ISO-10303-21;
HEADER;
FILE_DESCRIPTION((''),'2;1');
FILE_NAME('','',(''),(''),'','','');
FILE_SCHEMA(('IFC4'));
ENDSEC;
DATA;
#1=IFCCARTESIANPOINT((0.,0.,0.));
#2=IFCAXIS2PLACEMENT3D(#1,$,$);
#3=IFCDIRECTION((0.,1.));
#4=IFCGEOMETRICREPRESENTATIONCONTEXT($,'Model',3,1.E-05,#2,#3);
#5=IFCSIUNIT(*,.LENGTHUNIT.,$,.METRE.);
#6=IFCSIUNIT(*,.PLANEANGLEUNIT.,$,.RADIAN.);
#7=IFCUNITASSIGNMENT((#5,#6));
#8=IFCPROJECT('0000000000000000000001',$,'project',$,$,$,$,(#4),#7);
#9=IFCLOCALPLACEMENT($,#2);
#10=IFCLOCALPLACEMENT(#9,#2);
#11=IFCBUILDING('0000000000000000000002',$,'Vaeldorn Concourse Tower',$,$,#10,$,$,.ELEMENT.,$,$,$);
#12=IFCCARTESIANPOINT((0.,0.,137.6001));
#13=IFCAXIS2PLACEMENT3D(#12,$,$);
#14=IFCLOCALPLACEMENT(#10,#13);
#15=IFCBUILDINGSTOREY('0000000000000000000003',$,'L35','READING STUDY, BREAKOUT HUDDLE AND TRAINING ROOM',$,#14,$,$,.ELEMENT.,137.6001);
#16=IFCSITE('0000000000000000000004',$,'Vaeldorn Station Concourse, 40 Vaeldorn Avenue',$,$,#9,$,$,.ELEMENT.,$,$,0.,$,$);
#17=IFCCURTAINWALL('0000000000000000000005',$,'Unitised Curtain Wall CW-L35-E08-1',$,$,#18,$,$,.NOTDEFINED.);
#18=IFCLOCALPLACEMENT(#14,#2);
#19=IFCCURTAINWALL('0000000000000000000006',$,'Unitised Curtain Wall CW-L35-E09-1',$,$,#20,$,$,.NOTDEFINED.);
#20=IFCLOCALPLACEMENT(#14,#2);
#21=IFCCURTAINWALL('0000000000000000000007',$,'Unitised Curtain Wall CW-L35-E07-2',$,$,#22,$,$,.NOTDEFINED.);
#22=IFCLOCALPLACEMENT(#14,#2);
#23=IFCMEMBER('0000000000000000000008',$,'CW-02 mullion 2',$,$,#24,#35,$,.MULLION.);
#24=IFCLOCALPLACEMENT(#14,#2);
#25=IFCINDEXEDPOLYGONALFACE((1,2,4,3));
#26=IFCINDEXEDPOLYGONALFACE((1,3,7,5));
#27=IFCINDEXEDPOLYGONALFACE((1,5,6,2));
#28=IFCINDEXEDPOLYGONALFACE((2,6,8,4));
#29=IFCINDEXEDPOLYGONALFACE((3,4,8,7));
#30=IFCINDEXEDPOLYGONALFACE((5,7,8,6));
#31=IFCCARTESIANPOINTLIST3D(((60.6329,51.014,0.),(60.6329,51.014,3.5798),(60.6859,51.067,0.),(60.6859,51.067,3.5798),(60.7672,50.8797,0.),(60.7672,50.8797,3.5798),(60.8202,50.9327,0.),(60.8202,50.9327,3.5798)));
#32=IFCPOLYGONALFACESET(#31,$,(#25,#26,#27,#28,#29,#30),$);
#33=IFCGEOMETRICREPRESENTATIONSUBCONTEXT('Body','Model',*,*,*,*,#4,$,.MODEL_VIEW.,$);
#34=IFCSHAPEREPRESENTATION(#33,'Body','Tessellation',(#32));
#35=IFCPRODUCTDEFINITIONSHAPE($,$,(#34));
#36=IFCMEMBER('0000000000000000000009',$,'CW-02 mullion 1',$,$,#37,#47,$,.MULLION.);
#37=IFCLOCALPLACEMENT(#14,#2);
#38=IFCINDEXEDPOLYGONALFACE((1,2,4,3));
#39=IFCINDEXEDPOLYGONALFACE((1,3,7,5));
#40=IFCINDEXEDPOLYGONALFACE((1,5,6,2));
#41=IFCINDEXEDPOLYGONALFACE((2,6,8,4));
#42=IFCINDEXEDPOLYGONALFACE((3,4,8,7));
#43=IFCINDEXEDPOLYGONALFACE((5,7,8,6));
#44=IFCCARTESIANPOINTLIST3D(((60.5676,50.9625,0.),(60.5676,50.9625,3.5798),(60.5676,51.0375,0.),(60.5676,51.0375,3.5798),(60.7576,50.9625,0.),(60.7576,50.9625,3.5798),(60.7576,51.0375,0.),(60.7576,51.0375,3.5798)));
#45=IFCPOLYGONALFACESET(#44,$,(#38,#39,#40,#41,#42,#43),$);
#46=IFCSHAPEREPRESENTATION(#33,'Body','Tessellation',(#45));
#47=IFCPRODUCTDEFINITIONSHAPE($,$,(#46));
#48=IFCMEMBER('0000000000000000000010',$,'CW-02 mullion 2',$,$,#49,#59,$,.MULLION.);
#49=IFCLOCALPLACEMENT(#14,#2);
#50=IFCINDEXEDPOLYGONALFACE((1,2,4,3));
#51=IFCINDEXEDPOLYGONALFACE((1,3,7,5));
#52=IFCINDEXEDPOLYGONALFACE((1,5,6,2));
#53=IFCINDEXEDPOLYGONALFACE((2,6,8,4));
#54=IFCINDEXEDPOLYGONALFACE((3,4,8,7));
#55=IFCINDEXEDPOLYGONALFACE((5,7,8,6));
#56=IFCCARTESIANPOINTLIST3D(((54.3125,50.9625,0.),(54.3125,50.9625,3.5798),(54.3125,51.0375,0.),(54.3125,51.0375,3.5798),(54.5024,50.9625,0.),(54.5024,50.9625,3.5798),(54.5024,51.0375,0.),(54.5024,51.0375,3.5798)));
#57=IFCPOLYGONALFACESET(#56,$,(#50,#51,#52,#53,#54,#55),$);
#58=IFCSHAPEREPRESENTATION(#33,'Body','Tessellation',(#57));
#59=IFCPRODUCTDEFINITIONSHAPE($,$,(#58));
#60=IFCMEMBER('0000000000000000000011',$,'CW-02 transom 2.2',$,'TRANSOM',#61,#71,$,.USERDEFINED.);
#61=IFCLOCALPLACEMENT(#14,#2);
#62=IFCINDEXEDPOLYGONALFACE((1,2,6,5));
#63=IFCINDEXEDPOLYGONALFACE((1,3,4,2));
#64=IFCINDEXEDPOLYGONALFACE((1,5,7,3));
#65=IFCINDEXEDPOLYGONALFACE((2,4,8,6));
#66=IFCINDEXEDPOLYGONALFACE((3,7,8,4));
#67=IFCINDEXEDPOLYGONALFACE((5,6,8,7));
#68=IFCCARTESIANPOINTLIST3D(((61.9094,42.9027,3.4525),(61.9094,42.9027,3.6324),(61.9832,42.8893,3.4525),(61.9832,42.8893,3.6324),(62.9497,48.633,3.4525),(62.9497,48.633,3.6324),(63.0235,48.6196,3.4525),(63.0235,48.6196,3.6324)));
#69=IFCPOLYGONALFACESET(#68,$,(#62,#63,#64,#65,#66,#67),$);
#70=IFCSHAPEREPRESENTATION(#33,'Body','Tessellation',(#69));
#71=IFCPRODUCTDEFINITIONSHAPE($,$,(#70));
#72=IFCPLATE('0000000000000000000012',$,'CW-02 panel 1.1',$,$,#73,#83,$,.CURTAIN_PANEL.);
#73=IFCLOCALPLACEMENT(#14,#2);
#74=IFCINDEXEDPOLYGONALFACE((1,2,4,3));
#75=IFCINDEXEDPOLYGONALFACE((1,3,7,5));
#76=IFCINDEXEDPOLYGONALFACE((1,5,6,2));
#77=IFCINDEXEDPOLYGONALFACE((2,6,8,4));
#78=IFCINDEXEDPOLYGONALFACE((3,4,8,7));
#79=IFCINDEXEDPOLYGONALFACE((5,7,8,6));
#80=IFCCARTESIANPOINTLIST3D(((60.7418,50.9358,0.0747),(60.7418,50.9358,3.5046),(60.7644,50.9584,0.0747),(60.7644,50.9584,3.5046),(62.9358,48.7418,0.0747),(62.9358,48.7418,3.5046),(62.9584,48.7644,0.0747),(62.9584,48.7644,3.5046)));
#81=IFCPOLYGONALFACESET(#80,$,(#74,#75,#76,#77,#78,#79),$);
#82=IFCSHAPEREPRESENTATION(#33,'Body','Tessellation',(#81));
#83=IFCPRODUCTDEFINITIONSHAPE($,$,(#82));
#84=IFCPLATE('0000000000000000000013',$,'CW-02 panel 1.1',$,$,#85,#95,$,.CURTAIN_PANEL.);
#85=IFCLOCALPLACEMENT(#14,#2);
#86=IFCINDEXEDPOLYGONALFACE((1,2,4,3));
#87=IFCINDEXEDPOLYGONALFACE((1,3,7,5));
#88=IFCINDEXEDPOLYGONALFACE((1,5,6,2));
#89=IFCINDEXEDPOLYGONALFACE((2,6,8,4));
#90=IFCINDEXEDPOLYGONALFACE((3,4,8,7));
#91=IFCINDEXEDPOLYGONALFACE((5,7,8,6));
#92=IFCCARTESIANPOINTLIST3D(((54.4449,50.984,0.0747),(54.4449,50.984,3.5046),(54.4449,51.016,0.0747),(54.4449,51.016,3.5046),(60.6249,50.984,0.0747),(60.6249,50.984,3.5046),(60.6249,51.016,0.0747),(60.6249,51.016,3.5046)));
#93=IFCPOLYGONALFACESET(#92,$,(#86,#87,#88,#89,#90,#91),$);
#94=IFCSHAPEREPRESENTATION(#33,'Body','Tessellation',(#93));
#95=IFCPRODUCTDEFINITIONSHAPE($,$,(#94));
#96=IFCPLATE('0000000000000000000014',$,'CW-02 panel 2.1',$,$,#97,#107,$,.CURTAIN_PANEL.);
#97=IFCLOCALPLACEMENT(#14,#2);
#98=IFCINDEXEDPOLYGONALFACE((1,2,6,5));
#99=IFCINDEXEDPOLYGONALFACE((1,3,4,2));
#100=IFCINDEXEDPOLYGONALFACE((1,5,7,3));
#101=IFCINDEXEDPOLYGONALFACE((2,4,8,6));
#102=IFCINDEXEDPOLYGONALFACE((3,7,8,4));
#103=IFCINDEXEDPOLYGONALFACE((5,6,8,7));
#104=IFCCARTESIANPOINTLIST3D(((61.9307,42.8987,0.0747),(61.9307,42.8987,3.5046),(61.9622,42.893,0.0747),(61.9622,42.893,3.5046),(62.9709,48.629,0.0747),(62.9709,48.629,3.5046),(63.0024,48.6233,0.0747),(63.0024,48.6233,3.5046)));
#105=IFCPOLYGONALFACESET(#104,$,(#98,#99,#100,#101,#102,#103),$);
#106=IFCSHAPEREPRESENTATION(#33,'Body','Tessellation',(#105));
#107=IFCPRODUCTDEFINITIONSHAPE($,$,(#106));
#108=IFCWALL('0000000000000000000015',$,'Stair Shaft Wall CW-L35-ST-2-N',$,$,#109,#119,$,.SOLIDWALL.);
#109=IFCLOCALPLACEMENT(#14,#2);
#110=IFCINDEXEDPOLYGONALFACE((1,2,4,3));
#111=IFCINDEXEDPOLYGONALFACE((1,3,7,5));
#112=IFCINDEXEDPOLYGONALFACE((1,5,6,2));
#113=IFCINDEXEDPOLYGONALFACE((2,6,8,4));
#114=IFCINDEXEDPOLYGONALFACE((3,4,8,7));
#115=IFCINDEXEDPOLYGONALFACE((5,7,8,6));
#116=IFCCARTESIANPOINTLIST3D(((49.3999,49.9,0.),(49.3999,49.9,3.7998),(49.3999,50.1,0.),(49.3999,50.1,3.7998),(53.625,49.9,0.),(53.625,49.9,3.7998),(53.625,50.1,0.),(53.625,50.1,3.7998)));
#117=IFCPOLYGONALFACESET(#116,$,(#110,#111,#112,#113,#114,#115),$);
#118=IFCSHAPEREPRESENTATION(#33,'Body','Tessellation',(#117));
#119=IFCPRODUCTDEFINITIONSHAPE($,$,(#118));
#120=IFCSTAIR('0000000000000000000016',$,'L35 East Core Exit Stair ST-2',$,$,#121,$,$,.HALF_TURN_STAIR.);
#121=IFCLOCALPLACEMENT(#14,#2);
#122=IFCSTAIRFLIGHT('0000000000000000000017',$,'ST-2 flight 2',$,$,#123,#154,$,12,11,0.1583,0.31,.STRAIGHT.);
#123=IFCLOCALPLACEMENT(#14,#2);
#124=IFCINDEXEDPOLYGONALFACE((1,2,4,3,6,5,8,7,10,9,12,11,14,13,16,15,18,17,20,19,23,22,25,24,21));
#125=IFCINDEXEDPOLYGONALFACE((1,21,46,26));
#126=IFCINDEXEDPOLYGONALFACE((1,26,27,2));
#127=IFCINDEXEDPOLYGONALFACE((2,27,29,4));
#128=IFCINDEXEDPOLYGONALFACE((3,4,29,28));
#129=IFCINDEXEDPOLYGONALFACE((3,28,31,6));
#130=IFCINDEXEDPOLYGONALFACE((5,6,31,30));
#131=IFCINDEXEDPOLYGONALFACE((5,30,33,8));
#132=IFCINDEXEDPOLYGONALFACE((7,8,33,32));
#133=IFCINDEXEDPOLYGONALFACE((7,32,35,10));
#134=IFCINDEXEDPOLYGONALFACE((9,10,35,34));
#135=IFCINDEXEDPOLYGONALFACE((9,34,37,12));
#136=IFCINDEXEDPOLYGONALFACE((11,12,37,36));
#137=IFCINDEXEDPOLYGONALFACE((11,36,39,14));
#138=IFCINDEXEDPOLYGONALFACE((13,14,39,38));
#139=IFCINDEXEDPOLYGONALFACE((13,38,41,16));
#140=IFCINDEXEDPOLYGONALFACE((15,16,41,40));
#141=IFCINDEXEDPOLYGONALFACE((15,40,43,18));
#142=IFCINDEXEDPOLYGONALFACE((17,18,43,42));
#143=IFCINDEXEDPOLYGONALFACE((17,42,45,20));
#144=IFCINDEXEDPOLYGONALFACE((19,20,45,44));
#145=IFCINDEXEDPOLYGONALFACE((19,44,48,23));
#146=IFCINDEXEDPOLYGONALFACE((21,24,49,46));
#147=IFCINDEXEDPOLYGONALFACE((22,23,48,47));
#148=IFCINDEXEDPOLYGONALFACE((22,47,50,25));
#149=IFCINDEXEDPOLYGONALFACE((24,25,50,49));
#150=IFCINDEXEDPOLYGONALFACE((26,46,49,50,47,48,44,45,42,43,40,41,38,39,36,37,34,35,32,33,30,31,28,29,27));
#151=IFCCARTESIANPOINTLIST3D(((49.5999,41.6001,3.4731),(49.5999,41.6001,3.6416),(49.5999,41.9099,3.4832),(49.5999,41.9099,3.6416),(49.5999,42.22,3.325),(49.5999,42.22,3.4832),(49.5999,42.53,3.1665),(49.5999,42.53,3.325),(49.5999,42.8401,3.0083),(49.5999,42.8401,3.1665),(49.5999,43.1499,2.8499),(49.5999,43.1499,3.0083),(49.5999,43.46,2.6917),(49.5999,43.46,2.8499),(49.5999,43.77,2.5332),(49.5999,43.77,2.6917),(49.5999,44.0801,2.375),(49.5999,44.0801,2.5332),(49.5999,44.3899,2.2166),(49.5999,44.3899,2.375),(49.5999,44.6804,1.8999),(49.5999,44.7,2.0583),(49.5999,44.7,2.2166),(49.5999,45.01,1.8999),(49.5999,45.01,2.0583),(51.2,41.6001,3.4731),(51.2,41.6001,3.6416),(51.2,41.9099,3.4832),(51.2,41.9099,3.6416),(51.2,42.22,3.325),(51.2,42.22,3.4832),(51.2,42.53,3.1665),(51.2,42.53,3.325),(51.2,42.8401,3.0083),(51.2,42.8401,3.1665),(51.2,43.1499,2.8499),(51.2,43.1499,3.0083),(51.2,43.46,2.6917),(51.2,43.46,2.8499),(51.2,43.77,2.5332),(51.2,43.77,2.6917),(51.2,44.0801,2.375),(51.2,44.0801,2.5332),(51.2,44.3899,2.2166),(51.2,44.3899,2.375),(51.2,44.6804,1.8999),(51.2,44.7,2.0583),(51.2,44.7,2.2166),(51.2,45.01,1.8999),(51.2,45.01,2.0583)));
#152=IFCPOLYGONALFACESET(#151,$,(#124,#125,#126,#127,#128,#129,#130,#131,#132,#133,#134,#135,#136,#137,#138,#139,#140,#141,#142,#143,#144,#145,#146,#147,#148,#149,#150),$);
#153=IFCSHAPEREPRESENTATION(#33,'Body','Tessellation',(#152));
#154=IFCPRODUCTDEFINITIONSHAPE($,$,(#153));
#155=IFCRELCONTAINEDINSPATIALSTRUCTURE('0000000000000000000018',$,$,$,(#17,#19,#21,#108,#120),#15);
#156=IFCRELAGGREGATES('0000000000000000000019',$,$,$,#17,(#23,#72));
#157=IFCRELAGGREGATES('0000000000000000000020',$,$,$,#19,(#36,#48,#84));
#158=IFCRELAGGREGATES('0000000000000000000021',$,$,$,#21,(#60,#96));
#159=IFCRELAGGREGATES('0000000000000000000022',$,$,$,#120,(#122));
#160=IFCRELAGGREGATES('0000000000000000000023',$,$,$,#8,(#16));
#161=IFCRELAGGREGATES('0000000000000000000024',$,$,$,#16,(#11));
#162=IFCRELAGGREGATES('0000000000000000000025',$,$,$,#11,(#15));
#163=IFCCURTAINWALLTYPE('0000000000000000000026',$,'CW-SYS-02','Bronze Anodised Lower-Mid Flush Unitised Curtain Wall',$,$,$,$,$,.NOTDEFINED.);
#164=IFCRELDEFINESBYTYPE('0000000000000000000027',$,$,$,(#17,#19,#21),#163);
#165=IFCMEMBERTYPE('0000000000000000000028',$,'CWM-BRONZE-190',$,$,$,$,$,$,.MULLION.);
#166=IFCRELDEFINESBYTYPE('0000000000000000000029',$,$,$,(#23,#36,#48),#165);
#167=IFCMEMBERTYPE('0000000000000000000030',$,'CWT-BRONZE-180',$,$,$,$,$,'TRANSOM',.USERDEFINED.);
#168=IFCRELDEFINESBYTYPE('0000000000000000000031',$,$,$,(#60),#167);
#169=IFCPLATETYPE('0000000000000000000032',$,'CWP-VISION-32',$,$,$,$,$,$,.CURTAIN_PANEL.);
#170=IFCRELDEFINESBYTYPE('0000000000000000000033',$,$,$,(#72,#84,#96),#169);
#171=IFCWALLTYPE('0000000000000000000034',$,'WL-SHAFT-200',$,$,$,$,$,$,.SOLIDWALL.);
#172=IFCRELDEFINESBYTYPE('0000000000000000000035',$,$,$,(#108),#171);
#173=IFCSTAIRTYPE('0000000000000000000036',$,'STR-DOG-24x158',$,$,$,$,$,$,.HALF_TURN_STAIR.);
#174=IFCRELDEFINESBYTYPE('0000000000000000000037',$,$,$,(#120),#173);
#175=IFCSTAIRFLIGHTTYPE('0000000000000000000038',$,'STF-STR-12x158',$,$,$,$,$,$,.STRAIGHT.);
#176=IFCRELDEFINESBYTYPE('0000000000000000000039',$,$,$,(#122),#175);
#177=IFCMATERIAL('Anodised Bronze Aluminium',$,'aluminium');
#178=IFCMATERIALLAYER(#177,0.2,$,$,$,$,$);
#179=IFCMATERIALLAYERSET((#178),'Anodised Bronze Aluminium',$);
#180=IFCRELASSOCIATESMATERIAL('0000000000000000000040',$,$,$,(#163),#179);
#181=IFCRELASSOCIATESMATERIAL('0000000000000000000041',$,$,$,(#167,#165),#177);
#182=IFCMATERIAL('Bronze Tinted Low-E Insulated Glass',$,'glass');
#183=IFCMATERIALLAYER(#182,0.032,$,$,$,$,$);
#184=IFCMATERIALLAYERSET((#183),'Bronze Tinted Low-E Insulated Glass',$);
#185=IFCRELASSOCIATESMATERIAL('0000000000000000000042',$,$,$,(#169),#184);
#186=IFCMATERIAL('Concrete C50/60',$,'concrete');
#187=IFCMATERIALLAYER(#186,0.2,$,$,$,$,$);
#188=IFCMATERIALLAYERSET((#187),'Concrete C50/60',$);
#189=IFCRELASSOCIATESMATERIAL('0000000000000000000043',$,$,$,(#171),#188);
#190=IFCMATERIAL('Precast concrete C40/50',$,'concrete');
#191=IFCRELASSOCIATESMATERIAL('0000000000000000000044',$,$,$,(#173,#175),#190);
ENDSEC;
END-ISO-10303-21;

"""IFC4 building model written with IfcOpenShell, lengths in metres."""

from ifc_helpers import new_model, si_unit, direction, frame, frame_2d, origin, origin_2d, place, context, subcontext, project, spatial, polyline, rectangle, outline, extrude, source, transform, mapped, material, layer, layer_set, material_profile, profile_set, type_object, element, aggregate, save


model = new_model("IFC4")

# Units and contexts
model_context = context("Model", 3, precision=1e-05, world=origin(), true_north=direction((0.0, 1.0)))
body_context = subcontext(model_context, "Body", "Model", "MODEL_VIEW")
ifc_project = project(units=[si_unit("LENGTHUNIT", "METRE"), si_unit("PLANEANGLEUNIT", "RADIAN")], contexts=[model_context])

# Site, building, storey
site_placement = place(None, origin())
site = spatial("IfcSite", under=ifc_project, at=site_placement, Name="Vaeldorn Station Concourse, 40 Vaeldorn Avenue", CompositionType="ELEMENT", RefElevation=0.0)
building_placement = place(site_placement, origin())
building = spatial("IfcBuilding", under=site, at=building_placement, Name="Vaeldorn Concourse Tower", CompositionType="ELEMENT")
storey_placement = place(building_placement, frame((0.0, 0.0, 137.6001)))
storey = spatial("IfcBuildingStorey", under=building, at=storey_placement, Name="L35", Description="READING STUDY, BREAKOUT HUDDLE AND TRAINING ROOM", CompositionType="ELEMENT", Elevation=137.6001)

# Curtain walls
ifc_material_1 = material(Name="Anodised Bronze Aluminium", Category="aluminium")
ifc_layer_1 = layer(ifc_material_1, 0.2)
ifc_layer_set_1 = layer_set([ifc_layer_1], Name="Anodised Bronze Aluminium")
curtain_wall_type = type_object("IfcCurtainWallType", Name="CW-SYS-02", Description="Bronze Anodised Lower-Mid Flush Unitised Curtain Wall", PredefinedType="NOTDEFINED", material=ifc_layer_set_1)
curtain_wall_1_placement = place(storey_placement, origin())
curtain_wall_1 = element("IfcCurtainWall", 1, at=curtain_wall_1_placement, inside=storey, type_object=curtain_wall_type, Name="Unitised Curtain Wall CW-L35-E08-1", PredefinedType="NOTDEFINED")
ifc_material_profile_1 = material_profile(ifc_material_1, rectangle(XDim=0.075, YDim=0.1799, at=origin_2d()), Name="CWT 75x180")
ifc_profile_set_1 = profile_set([ifc_material_profile_1], Name="Anodised Bronze Aluminium")
member_type_1 = type_object("IfcMemberType", Name="CWT-BRONZE-180", ElementType="TRANSOM", PredefinedType="USERDEFINED", material=ifc_profile_set_1)
curtain_wall_2_placement = place(storey_placement, origin())
curtain_wall_2 = element("IfcCurtainWall", 2, at=curtain_wall_2_placement, inside=storey, type_object=curtain_wall_type, Name="Unitised Curtain Wall CW-L35-E09-1", PredefinedType="NOTDEFINED")

# Curtain wall
curtain_wall_3_placement = place(storey_placement, origin())
curtain_wall_3 = element("IfcCurtainWall", 3, at=curtain_wall_3_placement, inside=storey, type_object=curtain_wall_type, Name="Unitised Curtain Wall CW-L35-E07-2", PredefinedType="NOTDEFINED")
ifc_material_profile_2 = material_profile(ifc_material_1, rectangle(XDim=0.075, YDim=0.1899, at=origin_2d()), Name="CWM 75x190")
ifc_profile_set_2 = profile_set([ifc_material_profile_2], Name="Anodised Bronze Aluminium")
member_type_2 = type_object("IfcMemberType", Name="CWM-BRONZE-190", PredefinedType="MULLION", material=ifc_profile_set_2)
shared_shape_1 = source(origin(), body_context, "Body", "SweptSolid", [
    extrude(rectangle(XDim=0.075, YDim=0.1899, at=origin_2d()), origin(), (0.0, 0.0, 1.0), 3.5798),
])

# Members
member_1_placement = place(storey_placement, frame((60.7266, 50.9734, 0.0), z_axis=(0.0, 0.0, 1.0), x_axis=(-0.707107, -0.707107, 0.0)))
member_1 = element("IfcMember", 4, at=member_1_placement, type_object=member_type_2, Name="CW-02 mullion 2", PredefinedType="MULLION", context=body_context, shape_type="MappedRepresentation", body=[
    mapped(shared_shape_1, transform((0.0, 0.0, 0.0), scale=1.0)),
])
member_2_placement = place(storey_placement, frame((60.6626, 51.0, 0.0), z_axis=(0.0, 0.0, 1.0), x_axis=(0.0, -1.0, 0.0)))
member_2 = element("IfcMember", 5, at=member_2_placement, type_object=member_type_2, Name="CW-02 mullion 1", PredefinedType="MULLION", context=body_context, shape_type="MappedRepresentation", body=[
    mapped(shared_shape_1, transform((0.0, 0.0, 0.0), scale=1.0)),
])
member_3_placement = place(storey_placement, frame((54.4075, 51.0, 0.0), z_axis=(0.0, 0.0, 1.0), x_axis=(0.0, -1.0, 0.0)))
member_3 = element("IfcMember", 6, at=member_3_placement, type_object=member_type_2, Name="CW-02 mullion 2", PredefinedType="MULLION", context=body_context, shape_type="MappedRepresentation", body=[
    mapped(shared_shape_1, transform((0.0, 0.0, 0.0), scale=1.0)),
])
shared_shape_2 = source(origin(), body_context, "Body", "SweptSolid", [
    extrude(rectangle(XDim=0.075, YDim=0.1799, at=origin_2d()), origin(), (0.0, 0.0, 1.0), 5.824),
])
member_4_placement = place(storey_placement, frame((61.9463, 42.896, 3.5425), z_axis=(0.178624, 0.983917, 0.0), x_axis=(-0.983917, 0.178624, 0.0)))
member_4 = element("IfcMember", 7, at=member_4_placement, type_object=member_type_1, Name="CW-02 transom 2.2", ObjectType="TRANSOM", PredefinedType="USERDEFINED", context=body_context, shape_type="MappedRepresentation", body=[
    mapped(shared_shape_2, transform((0.0, 0.0, 0.0), scale=1.0)),
])

# Plates
ifc_material_2 = material(Name="Bronze Tinted Low-E Insulated Glass", Category="glass")
ifc_layer_2 = layer(ifc_material_2, 0.032)
ifc_layer_set_2 = layer_set([ifc_layer_2], Name="Bronze Tinted Low-E Insulated Glass")
plate_type = type_object("IfcPlateType", Name="CWP-VISION-32", PredefinedType="CURTAIN_PANEL", material=ifc_layer_set_2)
shared_shape_3 = source(origin(), body_context, "Body", "SweptSolid", [
    extrude(rectangle(XDim=3.1028, YDim=0.032, at=origin_2d()), origin(), (0.0, 0.0, 1.0), 3.4299),
])
plate_1_placement = place(storey_placement, frame((61.8501, 49.8501, 0.0747), z_axis=(0.0, 0.0, 1.0), x_axis=(-0.707107, 0.707107, 0.0)))
plate_1 = element("IfcPlate", 8, at=plate_1_placement, type_object=plate_type, Name="CW-02 panel 1.1", PredefinedType="CURTAIN_PANEL", context=body_context, shape_type="MappedRepresentation", body=[
    mapped(shared_shape_3, transform((0.0, 0.0, 0.0), scale=1.0)),
])
aggregate(curtain_wall_1, [member_1, plate_1])
shared_shape_4 = source(origin(), body_context, "Body", "SweptSolid", [
    extrude(rectangle(XDim=6.1799, YDim=0.032, at=origin_2d()), origin(), (0.0, 0.0, 1.0), 3.4299),
])
plate_2_placement = place(storey_placement, frame((57.5349, 51.0, 0.0747), z_axis=(0.0, 0.0, 1.0), x_axis=(-1.0, 0.0, 0.0)))
plate_2 = element("IfcPlate", 9, at=plate_2_placement, type_object=plate_type, Name="CW-02 panel 1.1", PredefinedType="CURTAIN_PANEL", context=body_context, shape_type="MappedRepresentation", body=[
    mapped(shared_shape_4, transform((0.0, 0.0, 0.0), scale=1.0)),
])
aggregate(curtain_wall_2, [member_2, member_3, plate_2])
shared_shape_5 = source(origin(), body_context, "Body", "SweptSolid", [
    extrude(rectangle(XDim=5.824, YDim=0.032, at=origin_2d()), origin(), (0.0, 0.0, 1.0), 3.4299),
])
plate_3_placement = place(storey_placement, frame((62.4666, 45.761, 0.0747), z_axis=(0.0, 0.0, 1.0), x_axis=(0.178608, 0.98392, 0.0)))
plate_3 = element("IfcPlate", 10, at=plate_3_placement, type_object=plate_type, Name="CW-02 panel 2.1", PredefinedType="CURTAIN_PANEL", context=body_context, shape_type="MappedRepresentation", body=[
    mapped(shared_shape_5, transform((0.0, 0.0, 0.0), scale=1.0)),
])
aggregate(curtain_wall_3, [member_4, plate_3])

# Wall
ifc_material_3 = material(Name="Concrete C50/60", Category="concrete")
ifc_layer_3 = layer(ifc_material_3, 0.2)
ifc_layer_set_3 = layer_set([ifc_layer_3], Name="Concrete C50/60")
wall_type = type_object("IfcWallType", Name="WL-SHAFT-200", PredefinedType="SOLIDWALL", material=ifc_layer_set_3)
wall_placement = place(storey_placement, frame((49.3999, 50.0, 0.0), z_axis=(0.0, 0.0, 1.0), x_axis=(1.0, 0.0, 0.0)))
element("IfcWall", 11, at=wall_placement, inside=storey, type_object=wall_type, Name="Stair Shaft Wall CW-L35-ST-2-N", PredefinedType="SOLIDWALL", context=body_context, shape_type="SweptSolid", body=[
    extrude(rectangle(XDim=4.2251, YDim=0.2, at=frame_2d((2.1125, 0.0))), origin(), (0.0, 0.0, 1.0), 3.7998),
])

# Stair, stair flight
ifc_material_4 = material(Name="Precast concrete C40/50", Category="concrete")
stair_type = type_object("IfcStairType", Name="STR-DOG-24x158", PredefinedType="HALF_TURN_STAIR", material=ifc_material_4)
stair_placement = place(storey_placement, origin())
stair = element("IfcStair", 12, at=stair_placement, inside=storey, type_object=stair_type, Name="L35 East Core Exit Stair ST-2", PredefinedType="HALF_TURN_STAIR")
stair_flight_type = type_object("IfcStairFlightType", Name="STF-STR-12x158", PredefinedType="STRAIGHT", material=ifc_material_4)
stair_flight_placement = place(storey_placement, frame((50.3999, 45.01, 1.8999), z_axis=(0.0, 0.0, 1.0), x_axis=(0.0, -1.0, 0.0)))
stair_flight = element("IfcStairFlight", 13, at=stair_flight_placement, type_object=stair_flight_type, Name="ST-2 flight 2", NumberOfRisers=12, NumberOfTreads=11, PredefinedType="STRAIGHT", RiserHeight=0.1583, TreadLength=0.31, context=body_context, shape_type="SweptSolid", body=[
    extrude(outline(polyline([(0.0, 0.0), (0.0, 0.1584), (0.3101, 0.1584), (0.3101, 0.3167), (0.6201, 0.3167), (0.6201, 0.4751), (0.9299, 0.4751), (0.9299, 0.6333), (1.24, 0.6333), (1.24, 0.7917), (1.55, 0.7917), (1.55, 0.95), (1.8601, 0.95), (1.8601, 1.1084), (2.1699, 1.1084), (2.1699, 1.2666), (2.48, 1.2666), (2.48, 1.425), (2.79, 1.425), (2.79, 1.5833), (3.1001, 1.5833), (3.1001, 1.7417), (3.4099, 1.7417), (3.4099, 1.8999), (3.4099, 1.5732), (0.3296, 0.0), (0.0, 0.0)])), frame((0.0, 0.8, 0.0), z_axis=(0.0, -1.0, 0.0), x_axis=(1.0, 0.0, 0.0)), (0.0, 0.0, 1.0), 1.6001),
])
aggregate(stair, [stair_flight])

save(model, "model.ifc")
